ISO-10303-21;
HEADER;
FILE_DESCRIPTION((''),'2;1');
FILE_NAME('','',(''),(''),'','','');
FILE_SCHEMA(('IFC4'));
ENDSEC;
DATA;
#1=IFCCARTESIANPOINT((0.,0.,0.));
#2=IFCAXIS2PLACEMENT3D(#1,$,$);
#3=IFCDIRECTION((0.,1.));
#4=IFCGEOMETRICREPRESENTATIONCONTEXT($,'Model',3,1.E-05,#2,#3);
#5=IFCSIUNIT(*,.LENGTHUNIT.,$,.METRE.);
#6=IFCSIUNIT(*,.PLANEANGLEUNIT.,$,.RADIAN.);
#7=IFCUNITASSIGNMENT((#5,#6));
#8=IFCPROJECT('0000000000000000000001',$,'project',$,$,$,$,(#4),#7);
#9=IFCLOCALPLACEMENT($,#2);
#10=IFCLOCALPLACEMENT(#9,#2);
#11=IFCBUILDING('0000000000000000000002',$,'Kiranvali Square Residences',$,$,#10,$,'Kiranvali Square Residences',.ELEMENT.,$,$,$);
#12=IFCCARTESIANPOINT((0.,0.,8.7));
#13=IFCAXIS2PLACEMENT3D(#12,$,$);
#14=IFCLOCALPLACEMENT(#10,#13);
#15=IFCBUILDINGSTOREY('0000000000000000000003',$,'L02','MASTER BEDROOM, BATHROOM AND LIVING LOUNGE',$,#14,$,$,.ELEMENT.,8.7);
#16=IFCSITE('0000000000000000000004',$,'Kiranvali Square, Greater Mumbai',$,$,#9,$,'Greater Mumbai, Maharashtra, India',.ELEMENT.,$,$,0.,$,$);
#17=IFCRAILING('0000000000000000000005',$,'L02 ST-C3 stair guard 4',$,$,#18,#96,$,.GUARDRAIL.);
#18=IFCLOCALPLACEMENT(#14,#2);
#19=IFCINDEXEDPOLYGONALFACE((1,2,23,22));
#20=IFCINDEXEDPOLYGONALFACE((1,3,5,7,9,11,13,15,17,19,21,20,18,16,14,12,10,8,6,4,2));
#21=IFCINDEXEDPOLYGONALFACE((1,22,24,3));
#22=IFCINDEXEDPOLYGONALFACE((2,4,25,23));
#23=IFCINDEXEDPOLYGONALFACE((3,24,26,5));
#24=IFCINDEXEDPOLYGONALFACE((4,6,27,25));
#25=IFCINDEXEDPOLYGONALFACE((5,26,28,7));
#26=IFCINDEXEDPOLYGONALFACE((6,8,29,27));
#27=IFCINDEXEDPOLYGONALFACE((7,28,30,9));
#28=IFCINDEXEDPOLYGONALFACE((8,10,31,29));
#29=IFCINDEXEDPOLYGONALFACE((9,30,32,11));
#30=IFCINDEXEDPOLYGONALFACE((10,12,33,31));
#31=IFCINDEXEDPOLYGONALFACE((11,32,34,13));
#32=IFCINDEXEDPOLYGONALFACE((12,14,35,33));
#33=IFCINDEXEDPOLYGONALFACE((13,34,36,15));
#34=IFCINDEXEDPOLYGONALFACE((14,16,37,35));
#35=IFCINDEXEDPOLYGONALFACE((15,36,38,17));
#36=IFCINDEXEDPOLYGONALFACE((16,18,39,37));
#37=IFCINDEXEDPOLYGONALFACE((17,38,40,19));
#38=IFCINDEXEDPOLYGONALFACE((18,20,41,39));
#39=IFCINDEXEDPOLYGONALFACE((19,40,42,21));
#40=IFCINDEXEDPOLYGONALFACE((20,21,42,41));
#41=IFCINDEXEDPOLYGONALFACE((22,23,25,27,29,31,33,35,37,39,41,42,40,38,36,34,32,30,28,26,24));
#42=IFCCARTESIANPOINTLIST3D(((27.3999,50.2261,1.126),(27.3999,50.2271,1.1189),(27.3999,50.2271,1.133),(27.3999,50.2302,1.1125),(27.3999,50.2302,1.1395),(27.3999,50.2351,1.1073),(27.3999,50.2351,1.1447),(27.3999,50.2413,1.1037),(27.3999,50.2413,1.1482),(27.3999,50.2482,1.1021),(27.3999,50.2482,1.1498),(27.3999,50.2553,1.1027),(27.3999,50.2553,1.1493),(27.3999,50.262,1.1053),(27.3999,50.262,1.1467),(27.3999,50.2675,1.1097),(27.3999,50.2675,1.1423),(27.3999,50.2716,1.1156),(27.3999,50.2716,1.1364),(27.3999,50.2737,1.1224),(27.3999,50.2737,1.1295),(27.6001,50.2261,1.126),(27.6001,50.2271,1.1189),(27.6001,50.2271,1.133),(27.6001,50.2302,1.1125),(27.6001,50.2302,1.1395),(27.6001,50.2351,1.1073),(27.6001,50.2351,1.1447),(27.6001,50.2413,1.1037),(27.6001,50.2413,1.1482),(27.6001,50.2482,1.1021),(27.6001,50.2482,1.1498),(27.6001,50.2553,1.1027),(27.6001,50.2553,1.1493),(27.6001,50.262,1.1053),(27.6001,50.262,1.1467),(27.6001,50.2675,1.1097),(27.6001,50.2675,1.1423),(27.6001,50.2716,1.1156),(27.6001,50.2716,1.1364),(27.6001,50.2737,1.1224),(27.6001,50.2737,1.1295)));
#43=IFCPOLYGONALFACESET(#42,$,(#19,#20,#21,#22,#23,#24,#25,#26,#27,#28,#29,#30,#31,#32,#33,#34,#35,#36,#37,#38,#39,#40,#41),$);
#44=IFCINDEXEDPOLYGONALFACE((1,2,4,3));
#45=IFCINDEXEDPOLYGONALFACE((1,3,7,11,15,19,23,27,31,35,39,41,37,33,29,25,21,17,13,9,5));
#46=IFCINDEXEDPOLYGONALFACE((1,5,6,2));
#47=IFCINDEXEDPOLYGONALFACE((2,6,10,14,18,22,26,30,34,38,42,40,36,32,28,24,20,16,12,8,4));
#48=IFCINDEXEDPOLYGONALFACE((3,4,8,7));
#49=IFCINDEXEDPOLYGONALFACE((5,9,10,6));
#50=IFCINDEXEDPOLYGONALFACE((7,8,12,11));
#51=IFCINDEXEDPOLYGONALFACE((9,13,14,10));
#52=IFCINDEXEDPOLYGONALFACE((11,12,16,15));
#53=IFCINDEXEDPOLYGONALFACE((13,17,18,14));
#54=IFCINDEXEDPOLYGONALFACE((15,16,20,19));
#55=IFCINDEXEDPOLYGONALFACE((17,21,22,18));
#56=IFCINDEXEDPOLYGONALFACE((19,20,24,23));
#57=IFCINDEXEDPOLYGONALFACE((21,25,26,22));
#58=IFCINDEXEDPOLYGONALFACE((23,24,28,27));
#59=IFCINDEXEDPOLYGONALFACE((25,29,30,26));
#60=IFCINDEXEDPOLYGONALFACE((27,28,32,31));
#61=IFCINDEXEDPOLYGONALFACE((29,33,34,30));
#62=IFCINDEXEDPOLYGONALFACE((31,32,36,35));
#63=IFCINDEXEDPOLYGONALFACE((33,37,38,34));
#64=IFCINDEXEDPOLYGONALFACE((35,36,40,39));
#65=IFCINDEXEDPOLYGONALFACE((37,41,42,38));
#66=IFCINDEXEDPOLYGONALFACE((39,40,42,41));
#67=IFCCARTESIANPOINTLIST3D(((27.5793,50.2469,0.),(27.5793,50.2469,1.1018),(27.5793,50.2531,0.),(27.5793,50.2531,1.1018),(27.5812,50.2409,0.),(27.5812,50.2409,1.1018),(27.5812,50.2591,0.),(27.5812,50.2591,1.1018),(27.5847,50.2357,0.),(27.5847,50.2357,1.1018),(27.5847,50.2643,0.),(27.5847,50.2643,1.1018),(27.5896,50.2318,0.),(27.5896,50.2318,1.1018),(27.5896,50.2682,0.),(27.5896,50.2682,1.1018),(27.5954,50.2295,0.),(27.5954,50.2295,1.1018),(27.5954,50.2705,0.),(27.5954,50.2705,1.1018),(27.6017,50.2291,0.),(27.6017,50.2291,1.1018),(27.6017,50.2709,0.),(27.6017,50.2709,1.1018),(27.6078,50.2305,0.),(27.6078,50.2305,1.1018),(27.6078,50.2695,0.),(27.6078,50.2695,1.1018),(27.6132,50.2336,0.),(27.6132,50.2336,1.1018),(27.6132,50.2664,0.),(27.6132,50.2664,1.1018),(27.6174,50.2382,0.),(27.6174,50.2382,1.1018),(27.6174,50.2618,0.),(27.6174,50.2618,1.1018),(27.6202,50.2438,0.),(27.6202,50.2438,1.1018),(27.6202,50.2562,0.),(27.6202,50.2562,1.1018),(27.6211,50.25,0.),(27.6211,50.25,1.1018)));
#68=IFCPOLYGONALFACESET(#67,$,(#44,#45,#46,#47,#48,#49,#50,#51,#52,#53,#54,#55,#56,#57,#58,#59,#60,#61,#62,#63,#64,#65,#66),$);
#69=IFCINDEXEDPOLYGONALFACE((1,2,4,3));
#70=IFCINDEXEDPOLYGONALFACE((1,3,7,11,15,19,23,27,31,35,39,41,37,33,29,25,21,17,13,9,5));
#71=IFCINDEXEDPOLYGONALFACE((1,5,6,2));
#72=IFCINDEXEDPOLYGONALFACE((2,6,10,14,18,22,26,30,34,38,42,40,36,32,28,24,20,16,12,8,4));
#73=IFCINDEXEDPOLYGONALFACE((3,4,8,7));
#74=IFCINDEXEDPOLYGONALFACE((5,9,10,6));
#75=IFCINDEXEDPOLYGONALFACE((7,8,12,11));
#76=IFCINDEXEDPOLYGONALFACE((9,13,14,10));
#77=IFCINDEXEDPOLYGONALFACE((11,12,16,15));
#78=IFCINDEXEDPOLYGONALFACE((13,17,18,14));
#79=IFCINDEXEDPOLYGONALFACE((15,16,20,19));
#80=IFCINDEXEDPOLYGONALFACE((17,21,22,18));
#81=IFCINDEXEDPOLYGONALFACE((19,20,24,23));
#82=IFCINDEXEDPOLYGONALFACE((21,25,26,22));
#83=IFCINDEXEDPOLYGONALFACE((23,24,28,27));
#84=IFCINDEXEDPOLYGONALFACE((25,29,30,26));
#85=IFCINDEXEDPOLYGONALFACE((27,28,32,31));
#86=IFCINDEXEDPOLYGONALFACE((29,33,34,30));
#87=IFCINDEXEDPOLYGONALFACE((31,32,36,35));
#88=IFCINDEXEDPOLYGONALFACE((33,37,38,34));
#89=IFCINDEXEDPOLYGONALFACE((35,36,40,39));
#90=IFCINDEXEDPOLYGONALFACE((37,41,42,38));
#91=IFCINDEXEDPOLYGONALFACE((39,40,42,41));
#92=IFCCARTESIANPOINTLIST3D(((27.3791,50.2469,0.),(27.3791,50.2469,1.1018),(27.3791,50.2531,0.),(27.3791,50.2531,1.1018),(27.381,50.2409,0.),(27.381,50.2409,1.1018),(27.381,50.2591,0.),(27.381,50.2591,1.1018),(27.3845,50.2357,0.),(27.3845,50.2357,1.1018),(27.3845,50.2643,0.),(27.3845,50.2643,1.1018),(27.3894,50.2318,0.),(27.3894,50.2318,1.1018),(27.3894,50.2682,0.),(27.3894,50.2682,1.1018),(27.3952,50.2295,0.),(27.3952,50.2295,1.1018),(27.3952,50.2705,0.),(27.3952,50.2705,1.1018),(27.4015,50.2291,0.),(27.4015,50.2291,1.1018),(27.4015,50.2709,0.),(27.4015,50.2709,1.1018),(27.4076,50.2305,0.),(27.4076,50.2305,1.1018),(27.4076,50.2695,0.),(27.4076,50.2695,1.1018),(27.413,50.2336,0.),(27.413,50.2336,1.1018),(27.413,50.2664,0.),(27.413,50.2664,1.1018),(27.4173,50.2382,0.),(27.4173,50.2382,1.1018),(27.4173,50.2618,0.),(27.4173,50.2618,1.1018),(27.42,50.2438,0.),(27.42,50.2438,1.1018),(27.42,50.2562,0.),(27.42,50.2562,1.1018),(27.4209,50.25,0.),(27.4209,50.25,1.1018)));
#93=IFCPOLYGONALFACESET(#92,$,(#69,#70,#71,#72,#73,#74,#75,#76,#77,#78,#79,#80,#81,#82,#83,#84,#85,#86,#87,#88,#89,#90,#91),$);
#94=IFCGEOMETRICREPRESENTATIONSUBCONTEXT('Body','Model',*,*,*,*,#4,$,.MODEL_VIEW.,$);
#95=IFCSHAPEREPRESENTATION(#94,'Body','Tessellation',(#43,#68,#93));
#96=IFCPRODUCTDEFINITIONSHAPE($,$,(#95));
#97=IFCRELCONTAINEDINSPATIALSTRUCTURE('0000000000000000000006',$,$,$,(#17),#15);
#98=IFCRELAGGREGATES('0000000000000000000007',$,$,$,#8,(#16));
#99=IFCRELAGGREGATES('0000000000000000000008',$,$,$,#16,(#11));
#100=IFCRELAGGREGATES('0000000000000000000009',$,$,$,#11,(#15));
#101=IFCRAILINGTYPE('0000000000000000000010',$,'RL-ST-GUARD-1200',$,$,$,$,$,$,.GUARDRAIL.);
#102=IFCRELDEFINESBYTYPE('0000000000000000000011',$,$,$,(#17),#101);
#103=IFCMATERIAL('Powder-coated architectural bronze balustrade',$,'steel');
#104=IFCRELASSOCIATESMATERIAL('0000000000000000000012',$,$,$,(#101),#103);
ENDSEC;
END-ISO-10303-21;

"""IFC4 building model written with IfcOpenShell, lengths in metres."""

from ifc_helpers import new_model, si_unit, direction, frame, origin, origin_2d, place, context, subcontext, project, spatial, circle, extrude, material, type_object, element, save


model = new_model("IFC4")

# Units and contexts
model_context = context("Model", 3, precision=1e-05, world=origin(), true_north=direction((0.0, 1.0)))
body_context = subcontext(model_context, "Body", "Model", "MODEL_VIEW")
ifc_project = project(units=[si_unit("LENGTHUNIT", "METRE"), si_unit("PLANEANGLEUNIT", "RADIAN")], contexts=[model_context])

# Site, building, storey
site_placement = place(None, origin())
site = spatial("IfcSite", under=ifc_project, at=site_placement, Name="Kiranvali Square, Greater Mumbai", LongName="Greater Mumbai, Maharashtra, India", CompositionType="ELEMENT", RefElevation=0.0)
building_placement = place(site_placement, origin())
building = spatial("IfcBuilding", under=site, at=building_placement, Name="Kiranvali Square Residences", LongName="Kiranvali Square Residences", CompositionType="ELEMENT")
storey_placement = place(building_placement, frame((0.0, 0.0, 8.7)))
storey = spatial("IfcBuildingStorey", under=building, at=storey_placement, Name="L02", Description="MASTER BEDROOM, BATHROOM AND LIVING LOUNGE", CompositionType="ELEMENT", Elevation=8.7)

# Railing
ifc_material_1 = material(Name="Powder-coated architectural bronze balustrade", Category="steel")
railing_type_1 = type_object("IfcRailingType", Name="RL-ST-GUARD-1200", PredefinedType="GUARDRAIL", material=ifc_material_1)
railing_1_placement = place(storey_placement, frame((27.6001, 50.25, 0.0)))
element("IfcRailing", 1, at=railing_1_placement, inside=storey, type_object=railing_type_1, Name="L02 ST-C3 stair guard 4", PredefinedType="GUARDRAIL", context=body_context, shape_type="SweptSolid", body=[
    extrude(circle(Radius=0.0239, at=origin_2d()), frame((0.0, 0.0, 1.126), z_axis=(-1.0, 0.0, 0.0), x_axis=(0.0, -1.0, 0.0)), (0.0, 0.0, 1.0), 0.2002),
    extrude(circle(Radius=0.021, at=origin_2d()), origin(), (0.0, 0.0, 1.0), 1.1018),
    extrude(circle(Radius=0.021, at=origin_2d()), frame((-0.2002, 0.0, 0.0)), (0.0, 0.0, 1.0), 1.1018),
])

save(model, "model.ifc")
